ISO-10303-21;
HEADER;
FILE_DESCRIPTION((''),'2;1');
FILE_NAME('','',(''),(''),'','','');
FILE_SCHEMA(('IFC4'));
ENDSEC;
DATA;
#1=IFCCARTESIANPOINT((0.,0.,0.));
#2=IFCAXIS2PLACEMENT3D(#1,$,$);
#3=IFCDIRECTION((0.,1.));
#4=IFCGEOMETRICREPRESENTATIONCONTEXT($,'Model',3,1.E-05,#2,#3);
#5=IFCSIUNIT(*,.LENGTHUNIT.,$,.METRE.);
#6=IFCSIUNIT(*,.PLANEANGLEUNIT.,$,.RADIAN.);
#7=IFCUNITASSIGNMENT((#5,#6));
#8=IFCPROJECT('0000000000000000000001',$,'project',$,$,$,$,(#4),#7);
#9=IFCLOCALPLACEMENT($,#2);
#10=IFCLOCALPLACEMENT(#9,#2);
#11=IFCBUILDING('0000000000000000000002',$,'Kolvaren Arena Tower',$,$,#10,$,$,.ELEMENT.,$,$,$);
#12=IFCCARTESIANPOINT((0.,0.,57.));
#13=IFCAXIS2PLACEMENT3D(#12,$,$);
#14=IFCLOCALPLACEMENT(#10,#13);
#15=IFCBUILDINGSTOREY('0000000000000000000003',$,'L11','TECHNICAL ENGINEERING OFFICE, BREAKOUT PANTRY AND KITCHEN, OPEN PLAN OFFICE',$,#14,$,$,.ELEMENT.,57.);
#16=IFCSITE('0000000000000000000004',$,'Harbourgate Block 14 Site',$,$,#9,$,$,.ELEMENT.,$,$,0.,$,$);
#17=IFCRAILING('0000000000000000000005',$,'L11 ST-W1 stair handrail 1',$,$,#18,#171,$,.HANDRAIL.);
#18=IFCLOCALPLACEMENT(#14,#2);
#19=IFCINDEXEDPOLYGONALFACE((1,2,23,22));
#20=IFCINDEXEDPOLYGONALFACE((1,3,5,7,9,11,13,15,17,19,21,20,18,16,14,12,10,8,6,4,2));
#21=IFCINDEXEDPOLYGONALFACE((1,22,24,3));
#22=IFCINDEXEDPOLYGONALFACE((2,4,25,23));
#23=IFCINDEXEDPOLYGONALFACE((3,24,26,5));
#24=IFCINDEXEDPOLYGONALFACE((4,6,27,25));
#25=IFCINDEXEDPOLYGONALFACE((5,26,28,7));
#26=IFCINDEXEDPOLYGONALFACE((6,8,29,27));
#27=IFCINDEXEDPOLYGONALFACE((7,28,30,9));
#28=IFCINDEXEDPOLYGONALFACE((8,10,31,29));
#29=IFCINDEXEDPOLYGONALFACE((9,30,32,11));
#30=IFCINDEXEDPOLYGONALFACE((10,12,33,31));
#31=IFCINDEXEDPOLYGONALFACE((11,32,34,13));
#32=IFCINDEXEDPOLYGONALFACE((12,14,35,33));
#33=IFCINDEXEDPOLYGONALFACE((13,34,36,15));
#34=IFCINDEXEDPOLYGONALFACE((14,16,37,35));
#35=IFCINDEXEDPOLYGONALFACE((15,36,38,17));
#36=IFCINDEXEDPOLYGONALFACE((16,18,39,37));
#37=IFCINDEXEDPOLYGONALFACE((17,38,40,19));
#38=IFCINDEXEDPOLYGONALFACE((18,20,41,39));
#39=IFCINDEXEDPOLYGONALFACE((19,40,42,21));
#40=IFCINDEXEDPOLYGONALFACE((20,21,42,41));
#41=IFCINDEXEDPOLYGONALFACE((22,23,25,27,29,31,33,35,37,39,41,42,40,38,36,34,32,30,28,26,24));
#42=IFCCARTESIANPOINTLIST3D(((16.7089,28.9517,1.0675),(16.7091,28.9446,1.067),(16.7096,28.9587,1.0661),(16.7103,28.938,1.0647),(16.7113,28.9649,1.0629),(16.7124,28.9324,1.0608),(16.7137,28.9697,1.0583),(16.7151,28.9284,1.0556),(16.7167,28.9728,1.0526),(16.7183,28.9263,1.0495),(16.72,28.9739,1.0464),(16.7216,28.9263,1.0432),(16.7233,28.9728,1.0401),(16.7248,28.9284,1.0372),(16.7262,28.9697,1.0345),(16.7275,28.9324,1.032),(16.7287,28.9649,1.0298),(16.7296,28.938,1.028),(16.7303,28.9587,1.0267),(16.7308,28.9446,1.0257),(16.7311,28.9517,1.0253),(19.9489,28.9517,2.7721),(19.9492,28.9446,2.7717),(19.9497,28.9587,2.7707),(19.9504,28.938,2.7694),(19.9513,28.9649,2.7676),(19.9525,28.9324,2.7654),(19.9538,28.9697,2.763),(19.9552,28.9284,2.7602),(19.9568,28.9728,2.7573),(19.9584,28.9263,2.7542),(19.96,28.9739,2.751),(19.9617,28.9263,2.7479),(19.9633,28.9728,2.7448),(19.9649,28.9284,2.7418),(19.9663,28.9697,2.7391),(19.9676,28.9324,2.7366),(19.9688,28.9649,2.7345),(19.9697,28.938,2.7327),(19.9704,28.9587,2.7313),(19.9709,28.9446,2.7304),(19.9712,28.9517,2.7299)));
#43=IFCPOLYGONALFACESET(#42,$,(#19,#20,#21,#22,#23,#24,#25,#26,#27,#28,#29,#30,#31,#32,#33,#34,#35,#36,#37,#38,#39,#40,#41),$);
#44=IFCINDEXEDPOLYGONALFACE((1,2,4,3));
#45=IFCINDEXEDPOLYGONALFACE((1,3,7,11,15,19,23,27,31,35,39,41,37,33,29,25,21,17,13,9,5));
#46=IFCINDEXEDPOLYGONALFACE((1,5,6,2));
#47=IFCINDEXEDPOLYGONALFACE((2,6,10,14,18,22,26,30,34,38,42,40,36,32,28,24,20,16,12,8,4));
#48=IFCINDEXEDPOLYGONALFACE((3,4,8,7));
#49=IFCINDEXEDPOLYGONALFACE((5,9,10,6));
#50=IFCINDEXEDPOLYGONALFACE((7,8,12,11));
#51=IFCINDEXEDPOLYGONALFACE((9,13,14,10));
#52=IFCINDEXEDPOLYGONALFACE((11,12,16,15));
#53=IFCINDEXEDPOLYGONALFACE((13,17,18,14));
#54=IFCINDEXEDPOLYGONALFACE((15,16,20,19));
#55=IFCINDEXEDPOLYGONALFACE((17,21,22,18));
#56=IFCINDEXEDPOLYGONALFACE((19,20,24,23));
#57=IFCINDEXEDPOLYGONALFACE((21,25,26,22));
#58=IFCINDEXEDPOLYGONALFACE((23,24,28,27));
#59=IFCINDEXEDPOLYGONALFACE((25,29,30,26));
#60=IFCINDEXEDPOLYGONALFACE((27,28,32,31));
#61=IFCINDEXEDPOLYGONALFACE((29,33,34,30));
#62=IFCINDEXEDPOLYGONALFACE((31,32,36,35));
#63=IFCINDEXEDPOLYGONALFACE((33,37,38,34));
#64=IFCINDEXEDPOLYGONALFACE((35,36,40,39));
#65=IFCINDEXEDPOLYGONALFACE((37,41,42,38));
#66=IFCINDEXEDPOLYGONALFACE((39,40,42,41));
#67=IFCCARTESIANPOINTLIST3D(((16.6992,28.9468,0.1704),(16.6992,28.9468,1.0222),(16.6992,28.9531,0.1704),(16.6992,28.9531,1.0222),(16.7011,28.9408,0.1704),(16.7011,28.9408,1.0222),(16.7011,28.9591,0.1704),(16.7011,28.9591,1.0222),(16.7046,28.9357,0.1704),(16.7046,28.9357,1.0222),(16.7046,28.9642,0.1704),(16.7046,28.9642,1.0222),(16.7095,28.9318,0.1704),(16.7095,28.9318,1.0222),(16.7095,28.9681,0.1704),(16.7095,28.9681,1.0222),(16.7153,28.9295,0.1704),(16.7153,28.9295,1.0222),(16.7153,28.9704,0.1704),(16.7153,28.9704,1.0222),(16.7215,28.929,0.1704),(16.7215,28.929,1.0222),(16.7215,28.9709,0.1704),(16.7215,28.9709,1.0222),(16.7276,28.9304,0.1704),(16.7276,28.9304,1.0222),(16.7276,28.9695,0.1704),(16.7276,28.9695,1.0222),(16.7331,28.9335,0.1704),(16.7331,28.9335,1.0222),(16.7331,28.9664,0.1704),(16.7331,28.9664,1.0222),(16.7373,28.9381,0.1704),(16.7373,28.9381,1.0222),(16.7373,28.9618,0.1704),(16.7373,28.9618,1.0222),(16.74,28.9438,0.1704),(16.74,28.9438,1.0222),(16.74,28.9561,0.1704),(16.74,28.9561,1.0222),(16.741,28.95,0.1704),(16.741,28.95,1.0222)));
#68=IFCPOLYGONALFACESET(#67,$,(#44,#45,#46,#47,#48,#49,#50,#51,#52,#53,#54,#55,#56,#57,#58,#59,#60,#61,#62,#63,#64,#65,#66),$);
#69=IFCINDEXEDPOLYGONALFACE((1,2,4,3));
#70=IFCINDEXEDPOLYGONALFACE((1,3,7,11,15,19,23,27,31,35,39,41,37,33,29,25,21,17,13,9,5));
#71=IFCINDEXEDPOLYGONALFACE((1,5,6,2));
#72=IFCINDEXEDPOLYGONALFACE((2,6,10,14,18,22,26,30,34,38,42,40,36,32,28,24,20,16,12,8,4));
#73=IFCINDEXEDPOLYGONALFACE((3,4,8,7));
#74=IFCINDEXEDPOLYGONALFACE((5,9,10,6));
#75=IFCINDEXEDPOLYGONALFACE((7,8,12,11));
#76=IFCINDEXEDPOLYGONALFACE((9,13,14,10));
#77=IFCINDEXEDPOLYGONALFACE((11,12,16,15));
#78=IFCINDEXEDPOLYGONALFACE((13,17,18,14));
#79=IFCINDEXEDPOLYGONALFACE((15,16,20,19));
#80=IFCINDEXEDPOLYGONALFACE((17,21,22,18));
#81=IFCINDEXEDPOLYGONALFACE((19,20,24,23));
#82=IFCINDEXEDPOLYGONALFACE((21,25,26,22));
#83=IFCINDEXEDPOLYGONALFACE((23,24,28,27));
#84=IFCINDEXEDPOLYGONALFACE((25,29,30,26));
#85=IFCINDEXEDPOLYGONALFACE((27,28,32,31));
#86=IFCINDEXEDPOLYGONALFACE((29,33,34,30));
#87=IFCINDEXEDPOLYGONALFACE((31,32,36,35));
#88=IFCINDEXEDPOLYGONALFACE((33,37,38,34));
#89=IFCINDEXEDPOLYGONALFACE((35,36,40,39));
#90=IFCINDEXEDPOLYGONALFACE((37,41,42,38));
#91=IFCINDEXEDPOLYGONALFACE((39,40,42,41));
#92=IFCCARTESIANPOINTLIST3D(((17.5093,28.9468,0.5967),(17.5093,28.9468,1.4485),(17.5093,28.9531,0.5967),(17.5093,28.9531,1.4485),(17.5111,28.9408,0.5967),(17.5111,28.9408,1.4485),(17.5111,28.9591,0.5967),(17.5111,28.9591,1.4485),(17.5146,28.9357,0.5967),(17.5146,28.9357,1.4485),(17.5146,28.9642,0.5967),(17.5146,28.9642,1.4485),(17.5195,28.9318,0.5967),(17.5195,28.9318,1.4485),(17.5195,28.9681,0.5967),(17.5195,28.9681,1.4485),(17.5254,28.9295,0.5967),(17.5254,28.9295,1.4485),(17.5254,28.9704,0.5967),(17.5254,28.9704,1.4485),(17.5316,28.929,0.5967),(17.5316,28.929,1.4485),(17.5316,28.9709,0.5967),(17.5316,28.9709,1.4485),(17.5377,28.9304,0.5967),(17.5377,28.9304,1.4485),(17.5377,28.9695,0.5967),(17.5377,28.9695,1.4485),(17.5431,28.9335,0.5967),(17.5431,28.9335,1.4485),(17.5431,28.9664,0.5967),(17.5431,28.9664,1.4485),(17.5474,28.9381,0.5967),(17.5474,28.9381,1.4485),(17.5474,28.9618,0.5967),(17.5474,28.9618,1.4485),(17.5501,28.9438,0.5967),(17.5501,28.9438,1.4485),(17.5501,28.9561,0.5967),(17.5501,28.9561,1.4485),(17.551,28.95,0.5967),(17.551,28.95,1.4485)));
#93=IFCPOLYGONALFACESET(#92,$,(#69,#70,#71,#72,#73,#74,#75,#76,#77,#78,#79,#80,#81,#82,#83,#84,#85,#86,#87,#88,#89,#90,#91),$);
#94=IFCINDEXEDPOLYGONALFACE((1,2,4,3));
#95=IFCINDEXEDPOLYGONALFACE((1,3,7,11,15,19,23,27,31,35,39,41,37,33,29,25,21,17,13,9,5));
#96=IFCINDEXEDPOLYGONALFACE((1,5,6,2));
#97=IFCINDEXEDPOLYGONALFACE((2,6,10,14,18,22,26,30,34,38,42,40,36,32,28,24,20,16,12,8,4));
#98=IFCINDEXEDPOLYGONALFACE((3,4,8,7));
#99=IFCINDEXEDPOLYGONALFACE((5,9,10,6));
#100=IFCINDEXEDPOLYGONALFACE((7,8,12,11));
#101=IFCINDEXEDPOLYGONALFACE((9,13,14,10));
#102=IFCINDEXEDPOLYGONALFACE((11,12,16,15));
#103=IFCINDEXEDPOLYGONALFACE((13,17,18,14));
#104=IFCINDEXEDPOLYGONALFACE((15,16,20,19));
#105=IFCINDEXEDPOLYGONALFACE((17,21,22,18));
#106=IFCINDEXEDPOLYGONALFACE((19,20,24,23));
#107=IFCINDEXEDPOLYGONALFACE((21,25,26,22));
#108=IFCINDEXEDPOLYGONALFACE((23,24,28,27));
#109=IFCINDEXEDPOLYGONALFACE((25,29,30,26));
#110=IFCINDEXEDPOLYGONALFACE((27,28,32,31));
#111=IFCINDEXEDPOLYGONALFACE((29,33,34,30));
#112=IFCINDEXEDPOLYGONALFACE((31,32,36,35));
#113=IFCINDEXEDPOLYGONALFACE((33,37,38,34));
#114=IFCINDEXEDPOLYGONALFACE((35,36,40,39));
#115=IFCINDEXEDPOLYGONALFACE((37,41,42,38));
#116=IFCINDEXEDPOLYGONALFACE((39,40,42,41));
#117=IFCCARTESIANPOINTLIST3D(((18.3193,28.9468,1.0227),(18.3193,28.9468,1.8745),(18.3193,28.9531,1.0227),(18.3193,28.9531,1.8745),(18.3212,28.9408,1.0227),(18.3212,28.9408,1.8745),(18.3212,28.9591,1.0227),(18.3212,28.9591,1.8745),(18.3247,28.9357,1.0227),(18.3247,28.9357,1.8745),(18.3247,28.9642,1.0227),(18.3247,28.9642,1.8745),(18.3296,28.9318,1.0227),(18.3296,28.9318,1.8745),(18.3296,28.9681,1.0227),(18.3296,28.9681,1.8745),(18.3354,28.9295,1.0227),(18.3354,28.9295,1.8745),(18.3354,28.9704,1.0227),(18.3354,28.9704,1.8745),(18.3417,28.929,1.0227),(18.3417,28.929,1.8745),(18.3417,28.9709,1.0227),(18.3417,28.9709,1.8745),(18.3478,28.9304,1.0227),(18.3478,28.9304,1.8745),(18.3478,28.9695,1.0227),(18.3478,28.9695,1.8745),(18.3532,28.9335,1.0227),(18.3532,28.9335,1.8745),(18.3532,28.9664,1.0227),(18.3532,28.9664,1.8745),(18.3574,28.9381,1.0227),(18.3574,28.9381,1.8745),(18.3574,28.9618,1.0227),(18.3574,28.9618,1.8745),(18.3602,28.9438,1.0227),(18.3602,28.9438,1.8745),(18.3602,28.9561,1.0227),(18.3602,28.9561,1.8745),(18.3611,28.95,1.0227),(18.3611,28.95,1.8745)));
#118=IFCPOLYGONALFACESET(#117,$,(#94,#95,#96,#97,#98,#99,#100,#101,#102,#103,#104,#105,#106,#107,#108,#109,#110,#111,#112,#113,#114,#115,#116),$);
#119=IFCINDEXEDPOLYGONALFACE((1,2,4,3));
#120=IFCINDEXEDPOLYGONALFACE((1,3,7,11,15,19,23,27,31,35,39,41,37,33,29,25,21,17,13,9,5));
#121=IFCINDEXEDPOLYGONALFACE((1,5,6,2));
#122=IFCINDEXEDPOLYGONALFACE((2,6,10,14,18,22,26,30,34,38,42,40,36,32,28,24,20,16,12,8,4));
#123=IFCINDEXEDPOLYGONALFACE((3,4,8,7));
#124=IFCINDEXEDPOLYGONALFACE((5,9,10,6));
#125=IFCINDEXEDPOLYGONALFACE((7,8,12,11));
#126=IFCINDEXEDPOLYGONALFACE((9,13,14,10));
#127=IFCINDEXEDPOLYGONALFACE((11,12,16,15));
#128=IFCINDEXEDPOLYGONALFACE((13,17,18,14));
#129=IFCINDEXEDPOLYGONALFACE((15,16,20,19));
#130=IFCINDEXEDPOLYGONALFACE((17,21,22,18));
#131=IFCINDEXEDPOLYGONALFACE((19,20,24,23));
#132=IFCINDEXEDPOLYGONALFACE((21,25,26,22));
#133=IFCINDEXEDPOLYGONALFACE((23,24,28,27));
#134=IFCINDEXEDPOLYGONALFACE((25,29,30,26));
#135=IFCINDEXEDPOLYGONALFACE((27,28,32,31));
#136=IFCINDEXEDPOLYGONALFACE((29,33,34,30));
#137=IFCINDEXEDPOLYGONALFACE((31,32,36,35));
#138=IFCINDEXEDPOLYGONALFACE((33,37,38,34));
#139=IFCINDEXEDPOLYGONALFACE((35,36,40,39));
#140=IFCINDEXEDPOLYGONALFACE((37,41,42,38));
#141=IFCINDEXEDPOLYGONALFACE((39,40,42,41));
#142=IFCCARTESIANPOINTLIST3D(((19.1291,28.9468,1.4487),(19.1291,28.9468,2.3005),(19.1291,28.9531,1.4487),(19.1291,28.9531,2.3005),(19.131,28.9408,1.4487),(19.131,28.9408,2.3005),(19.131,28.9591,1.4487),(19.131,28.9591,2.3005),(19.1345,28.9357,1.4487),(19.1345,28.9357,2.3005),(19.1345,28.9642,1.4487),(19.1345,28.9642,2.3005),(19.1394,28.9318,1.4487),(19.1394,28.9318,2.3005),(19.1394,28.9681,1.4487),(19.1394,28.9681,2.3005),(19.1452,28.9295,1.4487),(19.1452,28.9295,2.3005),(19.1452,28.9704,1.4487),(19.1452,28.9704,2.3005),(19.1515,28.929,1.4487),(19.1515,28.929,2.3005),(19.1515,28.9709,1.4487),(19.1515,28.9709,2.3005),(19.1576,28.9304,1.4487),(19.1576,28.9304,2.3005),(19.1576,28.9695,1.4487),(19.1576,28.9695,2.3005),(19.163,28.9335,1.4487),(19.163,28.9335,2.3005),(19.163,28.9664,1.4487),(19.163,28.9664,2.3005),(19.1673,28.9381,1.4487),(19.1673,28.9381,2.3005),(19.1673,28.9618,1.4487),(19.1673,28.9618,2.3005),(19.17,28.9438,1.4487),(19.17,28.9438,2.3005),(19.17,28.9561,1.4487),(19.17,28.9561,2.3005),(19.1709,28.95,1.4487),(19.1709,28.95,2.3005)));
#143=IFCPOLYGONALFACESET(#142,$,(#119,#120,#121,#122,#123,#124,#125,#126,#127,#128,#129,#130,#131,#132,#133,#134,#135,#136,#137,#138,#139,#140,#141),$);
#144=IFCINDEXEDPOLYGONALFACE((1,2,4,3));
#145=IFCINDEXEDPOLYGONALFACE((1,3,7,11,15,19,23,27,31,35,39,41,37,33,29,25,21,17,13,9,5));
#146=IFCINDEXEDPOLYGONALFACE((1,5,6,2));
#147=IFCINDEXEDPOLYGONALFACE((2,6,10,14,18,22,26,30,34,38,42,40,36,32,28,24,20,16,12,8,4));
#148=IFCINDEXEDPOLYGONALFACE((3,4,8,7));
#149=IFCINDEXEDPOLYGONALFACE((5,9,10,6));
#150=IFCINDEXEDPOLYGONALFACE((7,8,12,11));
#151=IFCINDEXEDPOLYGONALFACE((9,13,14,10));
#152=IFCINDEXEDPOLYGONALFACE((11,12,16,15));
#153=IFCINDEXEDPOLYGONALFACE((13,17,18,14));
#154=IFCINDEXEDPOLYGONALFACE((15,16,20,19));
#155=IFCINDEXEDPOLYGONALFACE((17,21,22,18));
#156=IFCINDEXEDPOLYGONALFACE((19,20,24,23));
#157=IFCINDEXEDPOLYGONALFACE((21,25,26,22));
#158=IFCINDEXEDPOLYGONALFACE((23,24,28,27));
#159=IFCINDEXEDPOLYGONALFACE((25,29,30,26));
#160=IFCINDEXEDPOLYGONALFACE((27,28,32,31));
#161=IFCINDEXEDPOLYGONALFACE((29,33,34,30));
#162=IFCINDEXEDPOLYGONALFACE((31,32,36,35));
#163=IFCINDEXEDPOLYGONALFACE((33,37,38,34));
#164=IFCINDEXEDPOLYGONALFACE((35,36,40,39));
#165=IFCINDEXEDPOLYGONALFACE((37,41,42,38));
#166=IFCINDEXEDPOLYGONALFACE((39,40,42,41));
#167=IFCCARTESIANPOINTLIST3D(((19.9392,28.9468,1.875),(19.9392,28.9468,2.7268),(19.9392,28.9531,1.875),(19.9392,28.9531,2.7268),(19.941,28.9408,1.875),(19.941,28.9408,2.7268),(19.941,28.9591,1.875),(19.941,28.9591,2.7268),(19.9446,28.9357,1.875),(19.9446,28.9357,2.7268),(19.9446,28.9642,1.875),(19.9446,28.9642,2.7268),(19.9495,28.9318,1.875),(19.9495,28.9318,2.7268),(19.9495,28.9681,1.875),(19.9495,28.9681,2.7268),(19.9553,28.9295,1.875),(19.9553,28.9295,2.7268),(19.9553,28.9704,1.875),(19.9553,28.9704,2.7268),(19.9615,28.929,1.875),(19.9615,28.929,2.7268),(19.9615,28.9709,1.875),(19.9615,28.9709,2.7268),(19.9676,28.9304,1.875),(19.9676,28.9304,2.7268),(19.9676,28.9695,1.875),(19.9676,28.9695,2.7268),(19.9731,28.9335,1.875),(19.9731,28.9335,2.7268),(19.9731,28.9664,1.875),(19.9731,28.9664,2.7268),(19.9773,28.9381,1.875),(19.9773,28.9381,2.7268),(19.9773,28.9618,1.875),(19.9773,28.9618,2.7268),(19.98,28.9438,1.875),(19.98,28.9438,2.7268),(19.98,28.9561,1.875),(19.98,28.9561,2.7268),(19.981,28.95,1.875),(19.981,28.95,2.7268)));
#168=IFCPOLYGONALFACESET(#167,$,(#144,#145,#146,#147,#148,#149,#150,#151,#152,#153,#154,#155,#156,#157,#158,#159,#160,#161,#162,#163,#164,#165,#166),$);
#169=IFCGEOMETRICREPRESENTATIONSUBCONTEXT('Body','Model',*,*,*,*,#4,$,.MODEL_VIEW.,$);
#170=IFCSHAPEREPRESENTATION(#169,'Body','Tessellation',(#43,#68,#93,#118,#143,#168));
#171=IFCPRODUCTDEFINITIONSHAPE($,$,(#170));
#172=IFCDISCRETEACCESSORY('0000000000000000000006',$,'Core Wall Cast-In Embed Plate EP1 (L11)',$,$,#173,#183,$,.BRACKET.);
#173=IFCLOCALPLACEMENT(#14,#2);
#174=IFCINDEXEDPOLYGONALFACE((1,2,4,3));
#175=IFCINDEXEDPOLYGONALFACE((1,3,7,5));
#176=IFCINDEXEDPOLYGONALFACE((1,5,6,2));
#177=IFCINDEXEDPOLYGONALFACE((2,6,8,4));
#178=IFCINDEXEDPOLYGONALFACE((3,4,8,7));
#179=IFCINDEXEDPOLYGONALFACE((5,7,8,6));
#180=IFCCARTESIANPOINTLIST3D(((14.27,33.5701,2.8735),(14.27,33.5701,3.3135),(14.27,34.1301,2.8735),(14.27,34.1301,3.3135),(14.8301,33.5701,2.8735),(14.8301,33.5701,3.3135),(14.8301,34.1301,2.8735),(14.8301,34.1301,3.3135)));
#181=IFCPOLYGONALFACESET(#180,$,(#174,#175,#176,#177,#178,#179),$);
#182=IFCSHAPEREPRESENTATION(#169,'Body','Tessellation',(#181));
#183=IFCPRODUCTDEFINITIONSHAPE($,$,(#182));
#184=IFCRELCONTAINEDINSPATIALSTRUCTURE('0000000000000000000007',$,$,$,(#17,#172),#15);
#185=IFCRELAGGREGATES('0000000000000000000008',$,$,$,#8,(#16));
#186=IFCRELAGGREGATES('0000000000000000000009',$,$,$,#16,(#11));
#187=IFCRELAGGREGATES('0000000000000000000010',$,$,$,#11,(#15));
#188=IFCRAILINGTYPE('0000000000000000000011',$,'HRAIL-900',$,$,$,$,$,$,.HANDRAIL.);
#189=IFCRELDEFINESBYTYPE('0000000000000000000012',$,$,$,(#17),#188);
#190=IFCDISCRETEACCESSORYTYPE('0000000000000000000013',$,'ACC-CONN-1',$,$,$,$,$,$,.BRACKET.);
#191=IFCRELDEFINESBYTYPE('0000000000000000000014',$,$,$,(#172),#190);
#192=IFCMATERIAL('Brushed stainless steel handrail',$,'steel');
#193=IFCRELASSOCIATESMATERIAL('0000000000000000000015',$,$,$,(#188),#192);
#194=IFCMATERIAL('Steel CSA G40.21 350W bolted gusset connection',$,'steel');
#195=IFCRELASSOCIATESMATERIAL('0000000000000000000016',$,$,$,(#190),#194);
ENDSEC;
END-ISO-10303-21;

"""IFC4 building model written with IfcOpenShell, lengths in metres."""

from ifc_helpers import new_model, si_unit, direction, frame, origin, origin_2d, place, context, subcontext, project, spatial, rectangle, circle, extrude, material, type_object, element, save


model = new_model("IFC4")

# Units and contexts
model_context = context("Model", 3, precision=1e-05, world=origin(), true_north=direction((0.0, 1.0)))
body_context = subcontext(model_context, "Body", "Model", "MODEL_VIEW")
ifc_project = project(units=[si_unit("LENGTHUNIT", "METRE"), si_unit("PLANEANGLEUNIT", "RADIAN")], contexts=[model_context])

# Site, building, storey
site_placement = place(None, origin())
site = spatial("IfcSite", under=ifc_project, at=site_placement, Name="Harbourgate Block 14 Site", CompositionType="ELEMENT", RefElevation=0.0)
building_placement = place(site_placement, origin())
building = spatial("IfcBuilding", under=site, at=building_placement, Name="Kolvaren Arena Tower", CompositionType="ELEMENT")
storey_placement = place(building_placement, frame((0.0, 0.0, 57.0)))
storey = spatial("IfcBuildingStorey", under=building, at=storey_placement, Name="L11", Description="TECHNICAL ENGINEERING OFFICE, BREAKOUT PANTRY AND KITCHEN, OPEN PLAN OFFICE", CompositionType="ELEMENT", Elevation=57.0)

# Railing
ifc_material_1 = material(Name="Brushed stainless steel handrail", Category="steel")
railing_type_1 = type_object("IfcRailingType", Name="HRAIL-900", PredefinedType="HANDRAIL", material=ifc_material_1)
railing_1_placement = place(storey_placement, frame((16.72, 28.95, 0.1704)))
element("IfcRailing", 1, at=railing_1_placement, inside=storey, type_object=railing_type_1, Name="L11 ST-W1 stair handrail 1", PredefinedType="HANDRAIL", context=body_context, shape_type="SweptSolid", body=[
    extrude(circle(Radius=0.0239, at=origin_2d()), frame((0.0, 0.0, 0.876), z_axis=(0.884993, 0.0, 0.465604), x_axis=(0.0, 1.0, 0.0)), (0.0, 0.0, 1.0), 3.6611),
    extrude(circle(Radius=0.021, at=origin_2d()), origin(), (0.0, 0.0, 1.0), 0.8518),
    extrude(circle(Radius=0.021, at=origin_2d()), frame((0.8101, 0.0, 0.4263)), (0.0, 0.0, 1.0), 0.8518),
    extrude(circle(Radius=0.021, at=origin_2d()), frame((1.6201, 0.0, 0.8523)), (0.0, 0.0, 1.0), 0.8518),
    extrude(circle(Radius=0.021, at=origin_2d()), frame((2.4299, 0.0, 1.2783)), (0.0, 0.0, 1.0), 0.8518),
    extrude(circle(Radius=0.021, at=origin_2d()), frame((3.24, 0.0, 1.7046)), (0.0, 0.0, 1.0), 0.8518),
])

# Discrete accessory
ifc_material_2 = material(Name="Steel CSA G40.21 350W bolted gusset connection", Category="steel")
discrete_accessory_type = type_object("IfcDiscreteAccessoryType", Name="ACC-CONN-1", PredefinedType="BRACKET", material=ifc_material_2)
discrete_accessory_placement = place(storey_placement, frame((14.55, 33.8501, 2.8735), z_axis=(0.0, 0.0, 1.0), x_axis=(1.0, 0.0, 0.0)))
element("IfcDiscreteAccessory", 2, at=discrete_accessory_placement, inside=storey, type_object=discrete_accessory_type, Name="Core Wall Cast-In Embed Plate EP1 (L11)", PredefinedType="BRACKET", context=body_context, shape_type="SweptSolid", body=[
    extrude(rectangle(XDim=0.5601, YDim=0.5601, at=origin_2d()), origin(), (0.0, 0.0, 1.0), 0.4399),
])

save(model, "model.ifc")
